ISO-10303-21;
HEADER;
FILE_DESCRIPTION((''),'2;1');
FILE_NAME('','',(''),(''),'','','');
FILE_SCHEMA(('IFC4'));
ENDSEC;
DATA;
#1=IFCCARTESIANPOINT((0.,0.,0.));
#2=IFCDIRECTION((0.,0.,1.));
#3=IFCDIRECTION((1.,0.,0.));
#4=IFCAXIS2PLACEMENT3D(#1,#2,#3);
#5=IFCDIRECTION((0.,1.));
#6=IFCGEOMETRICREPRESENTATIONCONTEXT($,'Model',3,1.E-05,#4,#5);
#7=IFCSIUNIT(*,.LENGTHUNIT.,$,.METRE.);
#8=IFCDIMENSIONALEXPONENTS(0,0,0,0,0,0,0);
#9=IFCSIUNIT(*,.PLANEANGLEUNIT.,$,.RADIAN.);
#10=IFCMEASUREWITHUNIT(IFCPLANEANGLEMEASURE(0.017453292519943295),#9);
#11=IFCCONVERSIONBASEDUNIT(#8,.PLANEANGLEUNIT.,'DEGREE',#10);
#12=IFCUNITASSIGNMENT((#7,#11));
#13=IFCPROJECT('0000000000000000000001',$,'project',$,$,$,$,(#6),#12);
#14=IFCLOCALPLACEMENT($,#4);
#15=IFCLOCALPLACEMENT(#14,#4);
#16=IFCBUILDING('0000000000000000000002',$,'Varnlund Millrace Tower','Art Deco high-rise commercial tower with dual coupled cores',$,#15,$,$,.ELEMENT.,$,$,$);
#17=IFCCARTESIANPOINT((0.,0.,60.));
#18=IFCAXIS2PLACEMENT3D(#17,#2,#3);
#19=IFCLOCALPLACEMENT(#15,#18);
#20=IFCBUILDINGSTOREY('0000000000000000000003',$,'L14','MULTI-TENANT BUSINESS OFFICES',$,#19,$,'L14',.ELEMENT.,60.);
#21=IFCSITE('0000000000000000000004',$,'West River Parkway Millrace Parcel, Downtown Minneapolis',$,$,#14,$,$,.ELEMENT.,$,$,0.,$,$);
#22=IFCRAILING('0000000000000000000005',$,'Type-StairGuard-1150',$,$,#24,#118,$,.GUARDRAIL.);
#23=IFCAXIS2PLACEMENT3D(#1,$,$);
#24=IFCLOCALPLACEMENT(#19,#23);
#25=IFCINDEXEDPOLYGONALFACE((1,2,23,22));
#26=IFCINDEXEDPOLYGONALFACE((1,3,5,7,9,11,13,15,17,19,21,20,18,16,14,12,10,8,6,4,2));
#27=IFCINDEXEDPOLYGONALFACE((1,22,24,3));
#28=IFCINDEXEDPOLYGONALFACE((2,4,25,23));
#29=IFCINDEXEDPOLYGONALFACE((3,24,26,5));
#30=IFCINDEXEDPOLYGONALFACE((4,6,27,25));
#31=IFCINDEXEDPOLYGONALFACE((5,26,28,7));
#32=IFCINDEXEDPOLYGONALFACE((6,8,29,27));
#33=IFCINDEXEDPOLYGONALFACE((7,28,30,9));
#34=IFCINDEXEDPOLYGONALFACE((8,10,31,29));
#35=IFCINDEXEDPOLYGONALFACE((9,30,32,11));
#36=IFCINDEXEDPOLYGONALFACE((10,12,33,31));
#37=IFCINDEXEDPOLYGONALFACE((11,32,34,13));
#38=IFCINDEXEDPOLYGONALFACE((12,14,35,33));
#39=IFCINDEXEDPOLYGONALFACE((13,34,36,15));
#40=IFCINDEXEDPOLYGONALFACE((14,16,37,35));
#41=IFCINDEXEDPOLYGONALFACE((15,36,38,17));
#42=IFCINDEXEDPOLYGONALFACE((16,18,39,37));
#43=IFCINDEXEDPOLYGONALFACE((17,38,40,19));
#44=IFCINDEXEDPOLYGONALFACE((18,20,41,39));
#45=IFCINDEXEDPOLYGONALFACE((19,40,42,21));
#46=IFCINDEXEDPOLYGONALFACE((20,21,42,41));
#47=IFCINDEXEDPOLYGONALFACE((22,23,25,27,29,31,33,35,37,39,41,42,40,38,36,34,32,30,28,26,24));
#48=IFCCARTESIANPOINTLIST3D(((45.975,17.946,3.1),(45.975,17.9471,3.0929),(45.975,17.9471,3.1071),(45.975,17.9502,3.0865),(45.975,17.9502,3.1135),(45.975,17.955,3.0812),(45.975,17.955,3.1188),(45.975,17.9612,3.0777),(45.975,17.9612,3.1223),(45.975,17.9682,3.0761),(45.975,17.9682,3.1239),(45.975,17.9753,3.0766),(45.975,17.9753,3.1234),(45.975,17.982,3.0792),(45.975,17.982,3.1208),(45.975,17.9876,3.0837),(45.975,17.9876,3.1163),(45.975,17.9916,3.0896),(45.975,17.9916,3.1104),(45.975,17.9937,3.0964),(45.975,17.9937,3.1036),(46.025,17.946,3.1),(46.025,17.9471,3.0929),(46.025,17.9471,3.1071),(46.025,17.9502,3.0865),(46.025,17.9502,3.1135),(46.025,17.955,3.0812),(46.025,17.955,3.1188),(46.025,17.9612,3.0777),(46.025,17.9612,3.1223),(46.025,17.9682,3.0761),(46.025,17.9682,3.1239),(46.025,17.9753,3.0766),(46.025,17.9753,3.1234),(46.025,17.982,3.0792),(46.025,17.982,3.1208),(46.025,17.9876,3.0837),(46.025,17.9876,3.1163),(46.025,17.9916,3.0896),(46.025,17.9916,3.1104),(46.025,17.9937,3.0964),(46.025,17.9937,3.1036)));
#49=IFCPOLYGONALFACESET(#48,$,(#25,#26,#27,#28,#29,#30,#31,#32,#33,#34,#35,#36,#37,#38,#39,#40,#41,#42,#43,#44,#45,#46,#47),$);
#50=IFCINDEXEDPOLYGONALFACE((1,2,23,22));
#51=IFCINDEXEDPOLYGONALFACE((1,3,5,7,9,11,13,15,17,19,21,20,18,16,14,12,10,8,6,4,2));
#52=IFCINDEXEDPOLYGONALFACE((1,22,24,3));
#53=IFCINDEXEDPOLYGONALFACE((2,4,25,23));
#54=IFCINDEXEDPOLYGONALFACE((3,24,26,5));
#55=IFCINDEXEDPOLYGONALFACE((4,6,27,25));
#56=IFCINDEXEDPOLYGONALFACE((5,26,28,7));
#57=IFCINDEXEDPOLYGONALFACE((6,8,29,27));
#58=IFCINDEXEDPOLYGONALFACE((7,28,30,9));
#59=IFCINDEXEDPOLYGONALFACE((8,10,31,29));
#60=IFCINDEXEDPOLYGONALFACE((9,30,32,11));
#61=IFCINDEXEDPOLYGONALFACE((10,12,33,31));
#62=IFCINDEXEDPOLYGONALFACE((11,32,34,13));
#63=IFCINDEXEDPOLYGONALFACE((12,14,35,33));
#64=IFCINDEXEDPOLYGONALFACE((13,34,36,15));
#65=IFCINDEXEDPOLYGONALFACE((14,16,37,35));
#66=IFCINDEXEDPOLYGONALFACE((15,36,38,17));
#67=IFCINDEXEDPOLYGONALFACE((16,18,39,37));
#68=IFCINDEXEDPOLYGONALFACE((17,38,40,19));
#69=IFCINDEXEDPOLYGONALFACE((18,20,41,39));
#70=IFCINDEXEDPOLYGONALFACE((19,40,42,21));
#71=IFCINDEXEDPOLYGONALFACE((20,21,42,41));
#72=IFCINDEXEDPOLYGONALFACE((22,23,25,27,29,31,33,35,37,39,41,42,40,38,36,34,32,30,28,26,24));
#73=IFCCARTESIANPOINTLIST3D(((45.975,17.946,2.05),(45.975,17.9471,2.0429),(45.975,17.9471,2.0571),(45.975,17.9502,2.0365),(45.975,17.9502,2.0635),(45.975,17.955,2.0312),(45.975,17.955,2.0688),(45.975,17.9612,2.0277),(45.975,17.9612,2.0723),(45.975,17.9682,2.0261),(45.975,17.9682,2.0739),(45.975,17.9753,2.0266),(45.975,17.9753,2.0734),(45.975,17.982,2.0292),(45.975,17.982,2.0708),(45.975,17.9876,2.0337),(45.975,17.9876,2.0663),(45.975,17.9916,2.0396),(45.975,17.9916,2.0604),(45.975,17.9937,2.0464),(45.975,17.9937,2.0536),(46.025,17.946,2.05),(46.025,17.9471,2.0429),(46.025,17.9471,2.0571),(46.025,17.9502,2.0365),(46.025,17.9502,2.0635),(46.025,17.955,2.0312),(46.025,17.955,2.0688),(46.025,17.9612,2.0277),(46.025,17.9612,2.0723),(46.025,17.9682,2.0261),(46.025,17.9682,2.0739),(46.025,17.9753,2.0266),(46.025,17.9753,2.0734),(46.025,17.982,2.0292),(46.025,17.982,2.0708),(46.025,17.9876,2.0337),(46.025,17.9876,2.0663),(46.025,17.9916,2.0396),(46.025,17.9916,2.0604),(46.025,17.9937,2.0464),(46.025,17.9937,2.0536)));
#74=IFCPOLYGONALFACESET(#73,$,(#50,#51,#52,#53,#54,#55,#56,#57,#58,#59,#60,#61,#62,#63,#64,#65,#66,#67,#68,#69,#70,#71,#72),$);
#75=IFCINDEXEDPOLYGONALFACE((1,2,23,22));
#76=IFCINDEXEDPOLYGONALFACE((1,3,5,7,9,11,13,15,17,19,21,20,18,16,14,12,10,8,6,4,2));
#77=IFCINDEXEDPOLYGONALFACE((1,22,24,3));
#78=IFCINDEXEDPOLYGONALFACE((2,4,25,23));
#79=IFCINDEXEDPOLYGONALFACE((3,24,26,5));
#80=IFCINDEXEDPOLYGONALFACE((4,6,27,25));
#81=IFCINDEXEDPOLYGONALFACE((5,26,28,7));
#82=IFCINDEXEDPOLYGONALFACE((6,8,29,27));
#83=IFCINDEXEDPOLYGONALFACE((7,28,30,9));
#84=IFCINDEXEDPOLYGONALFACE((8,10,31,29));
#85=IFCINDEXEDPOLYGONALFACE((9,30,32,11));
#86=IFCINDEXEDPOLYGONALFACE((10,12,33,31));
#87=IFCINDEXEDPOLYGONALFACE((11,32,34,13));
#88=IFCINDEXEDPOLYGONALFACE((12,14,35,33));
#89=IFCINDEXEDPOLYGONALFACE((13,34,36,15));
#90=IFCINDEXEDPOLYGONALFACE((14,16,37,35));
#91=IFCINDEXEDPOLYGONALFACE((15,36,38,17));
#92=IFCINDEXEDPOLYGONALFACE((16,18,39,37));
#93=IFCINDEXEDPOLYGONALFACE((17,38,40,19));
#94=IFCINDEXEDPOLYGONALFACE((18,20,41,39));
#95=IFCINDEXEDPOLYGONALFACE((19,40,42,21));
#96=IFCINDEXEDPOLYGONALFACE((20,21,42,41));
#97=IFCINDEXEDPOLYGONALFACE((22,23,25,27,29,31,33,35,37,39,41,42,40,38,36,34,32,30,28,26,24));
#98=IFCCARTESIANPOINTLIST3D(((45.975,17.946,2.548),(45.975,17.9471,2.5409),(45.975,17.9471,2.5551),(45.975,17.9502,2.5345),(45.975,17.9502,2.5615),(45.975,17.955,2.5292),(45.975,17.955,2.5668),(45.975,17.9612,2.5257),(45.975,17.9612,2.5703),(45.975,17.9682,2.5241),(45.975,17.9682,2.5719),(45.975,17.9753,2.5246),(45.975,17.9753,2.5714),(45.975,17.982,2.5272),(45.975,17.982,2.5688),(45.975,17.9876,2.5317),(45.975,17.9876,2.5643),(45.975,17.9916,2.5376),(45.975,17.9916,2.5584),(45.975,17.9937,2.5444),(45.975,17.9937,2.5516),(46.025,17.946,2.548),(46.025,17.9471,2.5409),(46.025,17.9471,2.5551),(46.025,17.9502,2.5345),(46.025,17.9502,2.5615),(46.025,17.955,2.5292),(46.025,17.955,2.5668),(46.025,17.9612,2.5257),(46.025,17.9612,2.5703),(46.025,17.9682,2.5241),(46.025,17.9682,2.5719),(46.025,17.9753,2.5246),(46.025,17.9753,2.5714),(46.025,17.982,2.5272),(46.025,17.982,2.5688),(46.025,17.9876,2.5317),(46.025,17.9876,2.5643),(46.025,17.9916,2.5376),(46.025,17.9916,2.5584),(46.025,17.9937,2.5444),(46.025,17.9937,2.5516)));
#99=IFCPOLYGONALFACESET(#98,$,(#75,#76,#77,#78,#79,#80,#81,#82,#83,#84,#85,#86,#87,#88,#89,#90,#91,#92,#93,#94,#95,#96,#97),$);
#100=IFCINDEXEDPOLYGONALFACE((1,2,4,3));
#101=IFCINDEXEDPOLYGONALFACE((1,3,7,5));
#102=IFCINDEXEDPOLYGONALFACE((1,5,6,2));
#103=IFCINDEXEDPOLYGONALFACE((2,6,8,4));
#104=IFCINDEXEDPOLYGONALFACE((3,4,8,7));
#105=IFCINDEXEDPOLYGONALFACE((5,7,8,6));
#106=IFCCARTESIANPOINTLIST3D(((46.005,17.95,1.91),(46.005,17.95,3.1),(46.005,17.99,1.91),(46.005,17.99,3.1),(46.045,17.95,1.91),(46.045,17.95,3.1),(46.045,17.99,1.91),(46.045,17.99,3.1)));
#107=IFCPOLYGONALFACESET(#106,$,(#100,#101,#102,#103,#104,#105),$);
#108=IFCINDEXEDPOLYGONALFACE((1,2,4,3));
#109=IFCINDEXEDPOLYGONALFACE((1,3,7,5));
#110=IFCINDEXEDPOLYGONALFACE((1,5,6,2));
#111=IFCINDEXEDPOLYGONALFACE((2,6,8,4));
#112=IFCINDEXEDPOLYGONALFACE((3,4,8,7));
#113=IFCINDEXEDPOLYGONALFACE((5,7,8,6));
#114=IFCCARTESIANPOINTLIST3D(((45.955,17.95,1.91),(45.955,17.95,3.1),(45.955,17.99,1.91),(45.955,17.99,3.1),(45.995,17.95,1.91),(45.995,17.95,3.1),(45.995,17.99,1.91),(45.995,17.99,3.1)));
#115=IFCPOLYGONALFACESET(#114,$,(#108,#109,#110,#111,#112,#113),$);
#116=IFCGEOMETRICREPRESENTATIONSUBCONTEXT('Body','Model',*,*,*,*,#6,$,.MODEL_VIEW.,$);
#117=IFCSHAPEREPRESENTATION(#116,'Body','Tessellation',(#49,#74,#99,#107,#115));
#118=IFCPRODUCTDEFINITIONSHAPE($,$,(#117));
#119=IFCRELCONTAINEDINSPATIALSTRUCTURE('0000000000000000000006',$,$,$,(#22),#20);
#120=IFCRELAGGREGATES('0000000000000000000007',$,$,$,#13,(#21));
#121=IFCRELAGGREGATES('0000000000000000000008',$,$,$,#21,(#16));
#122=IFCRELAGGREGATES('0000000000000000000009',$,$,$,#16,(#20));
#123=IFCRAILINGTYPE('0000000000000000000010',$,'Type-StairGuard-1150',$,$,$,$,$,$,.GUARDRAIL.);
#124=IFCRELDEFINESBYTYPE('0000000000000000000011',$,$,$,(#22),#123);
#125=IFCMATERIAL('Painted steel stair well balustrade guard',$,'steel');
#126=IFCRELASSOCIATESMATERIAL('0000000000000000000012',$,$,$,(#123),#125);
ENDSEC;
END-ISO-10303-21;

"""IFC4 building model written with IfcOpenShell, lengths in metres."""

from ifc_helpers import new_model, entity, si_unit, converted_unit, direction, frame, origin_with_axes, origin_2d_with_axis, place, context, subcontext, project, spatial, rectangle, circle, extrude, material, type_object, element, save


model = new_model("IFC4")

# Units and contexts
model_context = context("Model", 3, precision=1e-05, world=origin_with_axes(), true_north=direction((0.0, 1.0)))
body_context = subcontext(model_context, "Body", "Model", "MODEL_VIEW")
ifc_project = project(units=[si_unit("LENGTHUNIT", "METRE"), converted_unit("PLANEANGLEUNIT", "DEGREE", entity("IfcPlaneAngleMeasure", 0.017453292519943295), si_unit("PLANEANGLEUNIT", "RADIAN"), dimensions=[0, 0, 0, 0, 0, 0, 0])], contexts=[model_context])

# Site, building, storey
site_placement = place(None, origin_with_axes())
site = spatial("IfcSite", under=ifc_project, at=site_placement, Name="West River Parkway Millrace Parcel, Downtown Minneapolis", CompositionType="ELEMENT", RefElevation=0.0)
building_placement = place(site_placement, origin_with_axes())
building = spatial("IfcBuilding", under=site, at=building_placement, Name="Varnlund Millrace Tower", Description="Art Deco high-rise commercial tower with dual coupled cores", CompositionType="ELEMENT")
storey_placement = place(building_placement, frame((0.0, 0.0, 60.0), z_axis=(0.0, 0.0, 1.0), x_axis=(1.0, 0.0, 0.0)))
storey = spatial("IfcBuildingStorey", under=building, at=storey_placement, Name="L14", Description="MULTI-TENANT BUSINESS OFFICES", LongName="L14", CompositionType="ELEMENT", Elevation=60.0)

# Railing
ifc_material_1 = material(Name="Painted steel stair well balustrade guard", Category="steel")
railing_type_1 = type_object("IfcRailingType", Name="Type-StairGuard-1150", PredefinedType="GUARDRAIL", material=ifc_material_1)
railing_1_placement = place(storey_placement, frame((0.0, 0.0, -60.0), z_axis=(0.0, 0.0, 1.0), x_axis=(1.0, 0.0, 0.0)))
element("IfcRailing", 1, at=railing_1_placement, inside=storey, type_object=railing_type_1, Name="Type-StairGuard-1150", PredefinedType="GUARDRAIL", context=body_context, shape_type="SweptSolid", body=[
    extrude(circle(Radius=0.024, at=origin_2d_with_axis()), frame((46.025, 17.97, 63.1), z_axis=(-1.0, 0.0, 0.0), x_axis=(0.0, -1.0, 0.0)), (0.0, 0.0, 1.0), 0.05),
    extrude(circle(Radius=0.024, at=origin_2d_with_axis()), frame((46.025, 17.97, 62.05), z_axis=(-1.0, 0.0, 0.0), x_axis=(0.0, -1.0, 0.0)), (0.0, 0.0, 1.0), 0.05),
    extrude(circle(Radius=0.024, at=origin_2d_with_axis()), frame((46.025, 17.97, 62.548), z_axis=(-1.0, 0.0, 0.0), x_axis=(0.0, -1.0, 0.0)), (0.0, 0.0, 1.0), 0.05),
    extrude(rectangle(XDim=0.04, YDim=0.04, at=origin_2d_with_axis()), frame((46.025, 17.97, 61.91), z_axis=(0.0, 0.0, 1.0), x_axis=(1.0, 0.0, 0.0)), (0.0, 0.0, 1.0), 1.19),
    extrude(rectangle(XDim=0.04, YDim=0.04, at=origin_2d_with_axis()), frame((45.975, 17.97, 61.91), z_axis=(0.0, 0.0, 1.0), x_axis=(1.0, 0.0, 0.0)), (0.0, 0.0, 1.0), 1.19),
])

save(model, "model.ifc")
